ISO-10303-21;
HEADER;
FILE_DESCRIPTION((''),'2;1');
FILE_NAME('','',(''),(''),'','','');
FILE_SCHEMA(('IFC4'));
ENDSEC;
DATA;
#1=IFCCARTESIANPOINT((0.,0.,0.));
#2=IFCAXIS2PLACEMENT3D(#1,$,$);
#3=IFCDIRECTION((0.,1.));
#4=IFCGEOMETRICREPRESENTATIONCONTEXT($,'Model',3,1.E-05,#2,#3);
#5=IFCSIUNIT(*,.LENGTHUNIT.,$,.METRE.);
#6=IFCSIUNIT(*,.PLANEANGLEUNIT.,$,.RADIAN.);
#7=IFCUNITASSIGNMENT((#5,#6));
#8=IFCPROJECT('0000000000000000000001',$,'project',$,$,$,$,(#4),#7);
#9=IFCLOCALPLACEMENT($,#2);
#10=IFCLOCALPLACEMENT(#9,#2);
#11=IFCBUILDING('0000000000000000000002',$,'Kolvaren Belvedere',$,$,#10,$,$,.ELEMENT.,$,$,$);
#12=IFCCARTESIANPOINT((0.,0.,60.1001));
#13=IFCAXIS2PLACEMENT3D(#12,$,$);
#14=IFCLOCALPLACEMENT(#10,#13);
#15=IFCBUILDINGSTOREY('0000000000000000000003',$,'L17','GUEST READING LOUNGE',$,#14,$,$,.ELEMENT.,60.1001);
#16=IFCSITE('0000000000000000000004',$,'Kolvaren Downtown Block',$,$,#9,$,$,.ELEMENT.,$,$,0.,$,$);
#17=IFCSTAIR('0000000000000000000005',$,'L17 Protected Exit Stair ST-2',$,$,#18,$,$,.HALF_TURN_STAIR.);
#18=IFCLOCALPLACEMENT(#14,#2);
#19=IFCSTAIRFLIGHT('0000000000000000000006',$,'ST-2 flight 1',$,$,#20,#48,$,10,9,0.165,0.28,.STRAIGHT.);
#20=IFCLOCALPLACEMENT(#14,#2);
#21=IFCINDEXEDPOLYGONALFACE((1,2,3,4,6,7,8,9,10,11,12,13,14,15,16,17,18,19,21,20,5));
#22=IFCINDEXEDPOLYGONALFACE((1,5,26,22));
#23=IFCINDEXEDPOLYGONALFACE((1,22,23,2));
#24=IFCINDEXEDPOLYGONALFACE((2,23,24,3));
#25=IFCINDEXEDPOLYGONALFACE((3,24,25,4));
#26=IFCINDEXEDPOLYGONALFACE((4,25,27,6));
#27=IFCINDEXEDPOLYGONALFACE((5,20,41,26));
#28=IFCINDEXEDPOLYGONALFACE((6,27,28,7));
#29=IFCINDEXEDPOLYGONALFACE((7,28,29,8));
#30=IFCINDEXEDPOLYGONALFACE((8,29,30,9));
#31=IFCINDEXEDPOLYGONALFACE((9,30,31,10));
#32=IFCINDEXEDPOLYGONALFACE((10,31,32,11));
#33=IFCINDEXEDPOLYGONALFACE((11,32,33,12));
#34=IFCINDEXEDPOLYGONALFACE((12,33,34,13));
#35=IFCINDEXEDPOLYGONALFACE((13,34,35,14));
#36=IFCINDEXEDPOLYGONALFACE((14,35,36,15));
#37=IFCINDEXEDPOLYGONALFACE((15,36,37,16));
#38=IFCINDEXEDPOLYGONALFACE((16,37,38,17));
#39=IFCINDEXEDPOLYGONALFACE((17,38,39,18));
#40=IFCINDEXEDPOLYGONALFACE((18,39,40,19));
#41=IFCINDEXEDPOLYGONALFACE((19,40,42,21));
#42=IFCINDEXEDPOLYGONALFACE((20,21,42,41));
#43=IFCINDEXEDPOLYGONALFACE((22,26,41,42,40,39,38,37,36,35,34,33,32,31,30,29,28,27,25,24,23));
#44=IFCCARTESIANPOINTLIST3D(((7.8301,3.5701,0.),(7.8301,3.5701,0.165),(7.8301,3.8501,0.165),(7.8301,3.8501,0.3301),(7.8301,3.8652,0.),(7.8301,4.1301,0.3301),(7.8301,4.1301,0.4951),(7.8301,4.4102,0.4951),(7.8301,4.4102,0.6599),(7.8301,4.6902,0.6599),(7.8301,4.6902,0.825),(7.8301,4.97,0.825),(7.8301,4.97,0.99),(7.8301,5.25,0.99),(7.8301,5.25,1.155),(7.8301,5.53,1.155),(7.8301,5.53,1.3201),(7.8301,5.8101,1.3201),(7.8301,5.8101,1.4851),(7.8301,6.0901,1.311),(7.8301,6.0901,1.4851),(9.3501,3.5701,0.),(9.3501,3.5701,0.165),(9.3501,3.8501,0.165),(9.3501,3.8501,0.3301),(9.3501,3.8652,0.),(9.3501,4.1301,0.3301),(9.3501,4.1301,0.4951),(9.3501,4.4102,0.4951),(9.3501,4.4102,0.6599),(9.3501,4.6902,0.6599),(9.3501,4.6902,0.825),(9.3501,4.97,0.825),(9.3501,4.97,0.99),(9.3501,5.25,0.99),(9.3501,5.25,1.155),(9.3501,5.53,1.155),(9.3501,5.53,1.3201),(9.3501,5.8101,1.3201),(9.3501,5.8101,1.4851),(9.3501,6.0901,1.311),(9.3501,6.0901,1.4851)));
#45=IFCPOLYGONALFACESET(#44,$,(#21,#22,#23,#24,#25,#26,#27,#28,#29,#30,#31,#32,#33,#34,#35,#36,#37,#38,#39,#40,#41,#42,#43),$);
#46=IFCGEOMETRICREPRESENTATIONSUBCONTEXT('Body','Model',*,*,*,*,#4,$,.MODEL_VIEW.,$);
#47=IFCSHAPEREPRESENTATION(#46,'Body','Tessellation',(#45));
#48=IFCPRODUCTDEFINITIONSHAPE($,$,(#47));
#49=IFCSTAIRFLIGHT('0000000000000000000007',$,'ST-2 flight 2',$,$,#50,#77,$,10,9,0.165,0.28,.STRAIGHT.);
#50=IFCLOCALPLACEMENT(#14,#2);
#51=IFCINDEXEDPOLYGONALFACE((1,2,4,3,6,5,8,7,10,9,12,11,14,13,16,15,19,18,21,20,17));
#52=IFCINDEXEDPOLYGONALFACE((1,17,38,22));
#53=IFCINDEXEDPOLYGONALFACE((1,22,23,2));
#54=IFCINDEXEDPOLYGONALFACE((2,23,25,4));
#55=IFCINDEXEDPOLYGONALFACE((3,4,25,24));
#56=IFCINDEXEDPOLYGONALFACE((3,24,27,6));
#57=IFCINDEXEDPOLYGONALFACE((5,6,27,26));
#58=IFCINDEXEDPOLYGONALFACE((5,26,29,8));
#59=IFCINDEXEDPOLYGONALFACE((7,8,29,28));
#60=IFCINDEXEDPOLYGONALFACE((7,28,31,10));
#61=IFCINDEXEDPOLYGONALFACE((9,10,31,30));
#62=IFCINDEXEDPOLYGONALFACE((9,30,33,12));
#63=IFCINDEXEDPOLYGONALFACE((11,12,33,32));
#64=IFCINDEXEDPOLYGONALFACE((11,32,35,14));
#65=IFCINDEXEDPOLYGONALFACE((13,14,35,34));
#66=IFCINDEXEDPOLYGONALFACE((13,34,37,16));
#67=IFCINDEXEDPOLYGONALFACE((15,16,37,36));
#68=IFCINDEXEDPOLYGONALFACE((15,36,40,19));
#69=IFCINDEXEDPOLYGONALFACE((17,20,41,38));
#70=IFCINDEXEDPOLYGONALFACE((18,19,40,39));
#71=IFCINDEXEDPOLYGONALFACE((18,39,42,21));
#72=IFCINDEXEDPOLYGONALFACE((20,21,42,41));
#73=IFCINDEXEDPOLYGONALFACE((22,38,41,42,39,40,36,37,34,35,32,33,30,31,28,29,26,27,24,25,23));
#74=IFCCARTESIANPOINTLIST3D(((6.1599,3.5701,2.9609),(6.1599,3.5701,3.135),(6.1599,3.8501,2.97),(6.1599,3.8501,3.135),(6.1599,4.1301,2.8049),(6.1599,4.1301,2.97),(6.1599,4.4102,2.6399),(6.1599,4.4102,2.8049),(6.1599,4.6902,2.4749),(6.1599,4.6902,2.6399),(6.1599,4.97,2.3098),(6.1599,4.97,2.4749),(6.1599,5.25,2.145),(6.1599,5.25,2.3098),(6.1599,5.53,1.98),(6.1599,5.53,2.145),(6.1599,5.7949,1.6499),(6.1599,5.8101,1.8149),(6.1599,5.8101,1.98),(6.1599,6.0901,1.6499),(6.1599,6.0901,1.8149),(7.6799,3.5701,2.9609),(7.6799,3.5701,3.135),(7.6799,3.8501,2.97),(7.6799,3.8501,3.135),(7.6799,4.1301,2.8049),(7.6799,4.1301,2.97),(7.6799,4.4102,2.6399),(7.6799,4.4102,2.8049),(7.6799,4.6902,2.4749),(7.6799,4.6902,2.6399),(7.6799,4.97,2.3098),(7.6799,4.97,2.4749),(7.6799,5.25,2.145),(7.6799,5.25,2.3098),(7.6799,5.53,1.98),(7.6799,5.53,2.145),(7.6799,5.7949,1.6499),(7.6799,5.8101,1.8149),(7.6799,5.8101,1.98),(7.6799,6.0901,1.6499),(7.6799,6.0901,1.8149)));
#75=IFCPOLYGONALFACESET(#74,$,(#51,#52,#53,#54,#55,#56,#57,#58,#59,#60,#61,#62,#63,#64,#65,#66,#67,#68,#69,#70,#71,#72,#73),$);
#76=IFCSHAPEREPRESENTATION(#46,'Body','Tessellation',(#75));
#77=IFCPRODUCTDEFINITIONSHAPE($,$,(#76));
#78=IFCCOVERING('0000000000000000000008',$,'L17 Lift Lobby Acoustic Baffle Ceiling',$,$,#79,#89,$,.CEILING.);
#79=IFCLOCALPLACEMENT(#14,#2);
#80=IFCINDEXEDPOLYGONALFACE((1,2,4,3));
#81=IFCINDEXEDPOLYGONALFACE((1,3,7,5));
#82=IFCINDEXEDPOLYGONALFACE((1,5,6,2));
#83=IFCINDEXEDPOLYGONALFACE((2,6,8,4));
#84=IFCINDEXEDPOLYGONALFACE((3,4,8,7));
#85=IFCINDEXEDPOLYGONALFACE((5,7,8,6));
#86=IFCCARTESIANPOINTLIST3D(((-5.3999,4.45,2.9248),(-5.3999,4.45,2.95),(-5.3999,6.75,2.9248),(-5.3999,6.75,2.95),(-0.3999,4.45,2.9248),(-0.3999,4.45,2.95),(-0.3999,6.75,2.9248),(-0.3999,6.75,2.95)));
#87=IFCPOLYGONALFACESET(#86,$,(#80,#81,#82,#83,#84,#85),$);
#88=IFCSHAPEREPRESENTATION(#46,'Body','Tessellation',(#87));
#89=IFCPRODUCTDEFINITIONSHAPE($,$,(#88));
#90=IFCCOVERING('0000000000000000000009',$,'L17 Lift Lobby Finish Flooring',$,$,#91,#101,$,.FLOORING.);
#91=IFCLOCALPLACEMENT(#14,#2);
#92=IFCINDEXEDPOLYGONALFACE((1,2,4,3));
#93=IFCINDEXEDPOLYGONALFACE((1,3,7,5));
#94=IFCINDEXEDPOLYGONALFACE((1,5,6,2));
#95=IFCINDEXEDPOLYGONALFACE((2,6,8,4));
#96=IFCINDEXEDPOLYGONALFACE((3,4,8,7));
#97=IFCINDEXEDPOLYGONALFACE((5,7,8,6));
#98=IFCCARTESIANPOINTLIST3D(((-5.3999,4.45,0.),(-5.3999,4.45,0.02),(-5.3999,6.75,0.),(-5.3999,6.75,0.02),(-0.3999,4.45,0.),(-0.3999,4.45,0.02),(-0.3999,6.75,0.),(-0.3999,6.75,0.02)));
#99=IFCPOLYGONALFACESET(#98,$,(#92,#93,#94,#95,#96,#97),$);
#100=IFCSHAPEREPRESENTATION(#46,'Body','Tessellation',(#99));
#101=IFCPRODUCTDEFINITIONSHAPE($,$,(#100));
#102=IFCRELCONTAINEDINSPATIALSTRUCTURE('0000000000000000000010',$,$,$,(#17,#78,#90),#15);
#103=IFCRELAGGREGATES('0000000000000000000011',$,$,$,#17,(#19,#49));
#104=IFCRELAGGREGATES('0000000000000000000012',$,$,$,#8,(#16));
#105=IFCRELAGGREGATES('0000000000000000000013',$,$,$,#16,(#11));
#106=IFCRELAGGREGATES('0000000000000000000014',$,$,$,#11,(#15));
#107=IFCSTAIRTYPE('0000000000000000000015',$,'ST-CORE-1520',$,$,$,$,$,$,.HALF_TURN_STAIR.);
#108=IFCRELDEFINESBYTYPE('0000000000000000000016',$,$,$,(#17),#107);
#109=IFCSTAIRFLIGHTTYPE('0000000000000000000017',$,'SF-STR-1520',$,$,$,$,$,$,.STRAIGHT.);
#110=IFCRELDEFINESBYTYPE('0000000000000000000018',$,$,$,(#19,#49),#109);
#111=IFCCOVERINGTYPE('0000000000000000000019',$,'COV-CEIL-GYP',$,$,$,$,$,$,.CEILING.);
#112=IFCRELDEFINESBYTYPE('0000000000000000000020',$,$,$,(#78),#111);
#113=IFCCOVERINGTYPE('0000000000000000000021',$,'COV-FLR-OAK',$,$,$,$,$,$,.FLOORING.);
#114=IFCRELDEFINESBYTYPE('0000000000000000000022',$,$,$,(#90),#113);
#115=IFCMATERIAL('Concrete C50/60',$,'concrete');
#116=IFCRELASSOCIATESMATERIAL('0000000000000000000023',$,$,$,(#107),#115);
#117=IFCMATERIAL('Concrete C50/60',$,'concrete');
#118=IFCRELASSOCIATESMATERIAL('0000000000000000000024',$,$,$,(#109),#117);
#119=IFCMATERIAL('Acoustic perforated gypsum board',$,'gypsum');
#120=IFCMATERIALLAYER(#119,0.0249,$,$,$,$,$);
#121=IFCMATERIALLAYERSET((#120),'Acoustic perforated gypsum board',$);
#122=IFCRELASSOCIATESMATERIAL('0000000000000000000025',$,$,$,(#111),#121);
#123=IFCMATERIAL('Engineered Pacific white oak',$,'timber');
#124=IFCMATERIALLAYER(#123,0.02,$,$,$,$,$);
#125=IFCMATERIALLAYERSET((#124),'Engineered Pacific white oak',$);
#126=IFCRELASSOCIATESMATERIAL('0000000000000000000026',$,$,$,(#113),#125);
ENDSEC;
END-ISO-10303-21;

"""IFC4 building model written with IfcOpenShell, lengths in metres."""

from ifc_helpers import new_model, si_unit, direction, frame, origin, place, context, subcontext, project, spatial, polyline, outline, extrude, material, layer, layer_set, type_object, element, aggregate, save


model = new_model("IFC4")

# Units and contexts
model_context = context("Model", 3, precision=1e-05, world=origin(), true_north=direction((0.0, 1.0)))
body_context = subcontext(model_context, "Body", "Model", "MODEL_VIEW")
ifc_project = project(units=[si_unit("LENGTHUNIT", "METRE"), si_unit("PLANEANGLEUNIT", "RADIAN")], contexts=[model_context])

# Site, building, storey
site_placement = place(None, origin())
site = spatial("IfcSite", under=ifc_project, at=site_placement, Name="Kolvaren Downtown Block", CompositionType="ELEMENT", RefElevation=0.0)
building_placement = place(site_placement, origin())
building = spatial("IfcBuilding", under=site, at=building_placement, Name="Kolvaren Belvedere", CompositionType="ELEMENT")
storey_placement = place(building_placement, frame((0.0, 0.0, 60.1001)))
storey = spatial("IfcBuildingStorey", under=building, at=storey_placement, Name="L17", Description="GUEST READING LOUNGE", CompositionType="ELEMENT", Elevation=60.1001)

# Shared definitions
ifc_material_1 = material(Name="Concrete C50/60", Category="concrete")
stair_type = type_object("IfcStairType", Name="ST-CORE-1520", PredefinedType="HALF_TURN_STAIR", material=ifc_material_1)

# Stair, stair flights
stair_1_placement = place(storey_placement, origin())
stair_1 = element("IfcStair", 1, at=stair_1_placement, inside=storey, type_object=stair_type, Name="L17 Protected Exit Stair ST-2", PredefinedType="HALF_TURN_STAIR")
ifc_material_2 = material(Name="Concrete C50/60", Category="concrete")
stair_flight_type = type_object("IfcStairFlightType", Name="SF-STR-1520", PredefinedType="STRAIGHT", material=ifc_material_2)
stair_flight_1_placement = place(storey_placement, frame((8.5901, 3.5701, 0.0), z_axis=(0.0, 0.0, 1.0), x_axis=(0.0, 1.0, 0.0)))
stair_flight_1 = element("IfcStairFlight", 2, at=stair_flight_1_placement, type_object=stair_flight_type, Name="ST-2 flight 1", NumberOfRisers=10, NumberOfTreads=9, PredefinedType="STRAIGHT", RiserHeight=0.165, TreadLength=0.28, context=body_context, shape_type="SweptSolid", body=[
    extrude(outline(polyline([(0.0, 0.0), (0.0, 0.165), (0.28, 0.165), (0.28, 0.3301), (0.5601, 0.3301), (0.5601, 0.4951), (0.8401, 0.4951), (0.8401, 0.6599), (1.1201, 0.6599), (1.1201, 0.825), (1.3999, 0.825), (1.3999, 0.99), (1.6799, 0.99), (1.6799, 1.155), (1.96, 1.155), (1.96, 1.3201), (2.24, 1.3201), (2.24, 1.4851), (2.52, 1.4851), (2.52, 1.6499), (2.52, 1.311), (0.2952, 0.0), (0.0, 0.0)])), frame((0.0, 0.76, 0.0), z_axis=(0.0, -1.0, 0.0), x_axis=(1.0, 0.0, 0.0)), (0.0, 0.0, 1.0), 1.52),
])
stair_flight_2_placement = place(storey_placement, frame((6.9199, 6.0901, 1.6499), z_axis=(0.0, 0.0, 1.0), x_axis=(0.0, -1.0, 0.0)))
stair_flight_2 = element("IfcStairFlight", 3, at=stair_flight_2_placement, type_object=stair_flight_type, Name="ST-2 flight 2", NumberOfRisers=10, NumberOfTreads=9, PredefinedType="STRAIGHT", RiserHeight=0.165, TreadLength=0.28, context=body_context, shape_type="SweptSolid", body=[
    extrude(outline(polyline([(0.0, 0.0), (0.0, 0.165), (0.28, 0.165), (0.28, 0.3301), (0.5601, 0.3301), (0.5601, 0.4951), (0.8401, 0.4951), (0.8401, 0.6599), (1.1201, 0.6599), (1.1201, 0.825), (1.3999, 0.825), (1.3999, 0.99), (1.6799, 0.99), (1.6799, 1.155), (1.96, 1.155), (1.96, 1.3201), (2.24, 1.3201), (2.24, 1.4851), (2.52, 1.4851), (2.52, 1.6499), (2.52, 1.311), (0.2952, 0.0), (0.0, 0.0)])), frame((0.0, 0.76, 0.0), z_axis=(0.0, -1.0, 0.0), x_axis=(1.0, 0.0, 0.0)), (0.0, 0.0, 1.0), 1.52),
])
aggregate(stair_1, [stair_flight_1, stair_flight_2])

# Coverings
ifc_material_3 = material(Name="Acoustic perforated gypsum board", Category="gypsum")
ifc_layer_1 = layer(ifc_material_3, 0.0249)
ifc_layer_set_1 = layer_set([ifc_layer_1], Name="Acoustic perforated gypsum board")
covering_type_1 = type_object("IfcCoveringType", Name="COV-CEIL-GYP", PredefinedType="CEILING", material=ifc_layer_set_1)
covering_1_placement = place(storey_placement, frame((0.0, 0.0, 2.9248)))
element("IfcCovering", 4, at=covering_1_placement, inside=storey, type_object=covering_type_1, Name="L17 Lift Lobby Acoustic Baffle Ceiling", PredefinedType="CEILING", context=body_context, shape_type="SweptSolid", body=[
    extrude(outline(polyline([(-5.3999, 4.45), (-0.3999, 4.45), (-0.3999, 6.75), (-5.3999, 6.75), (-5.3999, 4.45)])), origin(), (0.0, 0.0, 1.0), 0.0251),
])
ifc_material_4 = material(Name="Engineered Pacific white oak", Category="timber")
ifc_layer_2 = layer(ifc_material_4, 0.02)
ifc_layer_set_2 = layer_set([ifc_layer_2], Name="Engineered Pacific white oak")
covering_type_2 = type_object("IfcCoveringType", Name="COV-FLR-OAK", PredefinedType="FLOORING", material=ifc_layer_set_2)
covering_2_placement = place(storey_placement, origin())
element("IfcCovering", 5, at=covering_2_placement, inside=storey, type_object=covering_type_2, Name="L17 Lift Lobby Finish Flooring", PredefinedType="FLOORING", context=body_context, shape_type="SweptSolid", body=[
    extrude(outline(polyline([(-5.3999, 4.45), (-0.3999, 4.45), (-0.3999, 6.75), (-5.3999, 6.75), (-5.3999, 4.45)])), origin(), (0.0, 0.0, 1.0), 0.02),
])

save(model, "model.ifc")
